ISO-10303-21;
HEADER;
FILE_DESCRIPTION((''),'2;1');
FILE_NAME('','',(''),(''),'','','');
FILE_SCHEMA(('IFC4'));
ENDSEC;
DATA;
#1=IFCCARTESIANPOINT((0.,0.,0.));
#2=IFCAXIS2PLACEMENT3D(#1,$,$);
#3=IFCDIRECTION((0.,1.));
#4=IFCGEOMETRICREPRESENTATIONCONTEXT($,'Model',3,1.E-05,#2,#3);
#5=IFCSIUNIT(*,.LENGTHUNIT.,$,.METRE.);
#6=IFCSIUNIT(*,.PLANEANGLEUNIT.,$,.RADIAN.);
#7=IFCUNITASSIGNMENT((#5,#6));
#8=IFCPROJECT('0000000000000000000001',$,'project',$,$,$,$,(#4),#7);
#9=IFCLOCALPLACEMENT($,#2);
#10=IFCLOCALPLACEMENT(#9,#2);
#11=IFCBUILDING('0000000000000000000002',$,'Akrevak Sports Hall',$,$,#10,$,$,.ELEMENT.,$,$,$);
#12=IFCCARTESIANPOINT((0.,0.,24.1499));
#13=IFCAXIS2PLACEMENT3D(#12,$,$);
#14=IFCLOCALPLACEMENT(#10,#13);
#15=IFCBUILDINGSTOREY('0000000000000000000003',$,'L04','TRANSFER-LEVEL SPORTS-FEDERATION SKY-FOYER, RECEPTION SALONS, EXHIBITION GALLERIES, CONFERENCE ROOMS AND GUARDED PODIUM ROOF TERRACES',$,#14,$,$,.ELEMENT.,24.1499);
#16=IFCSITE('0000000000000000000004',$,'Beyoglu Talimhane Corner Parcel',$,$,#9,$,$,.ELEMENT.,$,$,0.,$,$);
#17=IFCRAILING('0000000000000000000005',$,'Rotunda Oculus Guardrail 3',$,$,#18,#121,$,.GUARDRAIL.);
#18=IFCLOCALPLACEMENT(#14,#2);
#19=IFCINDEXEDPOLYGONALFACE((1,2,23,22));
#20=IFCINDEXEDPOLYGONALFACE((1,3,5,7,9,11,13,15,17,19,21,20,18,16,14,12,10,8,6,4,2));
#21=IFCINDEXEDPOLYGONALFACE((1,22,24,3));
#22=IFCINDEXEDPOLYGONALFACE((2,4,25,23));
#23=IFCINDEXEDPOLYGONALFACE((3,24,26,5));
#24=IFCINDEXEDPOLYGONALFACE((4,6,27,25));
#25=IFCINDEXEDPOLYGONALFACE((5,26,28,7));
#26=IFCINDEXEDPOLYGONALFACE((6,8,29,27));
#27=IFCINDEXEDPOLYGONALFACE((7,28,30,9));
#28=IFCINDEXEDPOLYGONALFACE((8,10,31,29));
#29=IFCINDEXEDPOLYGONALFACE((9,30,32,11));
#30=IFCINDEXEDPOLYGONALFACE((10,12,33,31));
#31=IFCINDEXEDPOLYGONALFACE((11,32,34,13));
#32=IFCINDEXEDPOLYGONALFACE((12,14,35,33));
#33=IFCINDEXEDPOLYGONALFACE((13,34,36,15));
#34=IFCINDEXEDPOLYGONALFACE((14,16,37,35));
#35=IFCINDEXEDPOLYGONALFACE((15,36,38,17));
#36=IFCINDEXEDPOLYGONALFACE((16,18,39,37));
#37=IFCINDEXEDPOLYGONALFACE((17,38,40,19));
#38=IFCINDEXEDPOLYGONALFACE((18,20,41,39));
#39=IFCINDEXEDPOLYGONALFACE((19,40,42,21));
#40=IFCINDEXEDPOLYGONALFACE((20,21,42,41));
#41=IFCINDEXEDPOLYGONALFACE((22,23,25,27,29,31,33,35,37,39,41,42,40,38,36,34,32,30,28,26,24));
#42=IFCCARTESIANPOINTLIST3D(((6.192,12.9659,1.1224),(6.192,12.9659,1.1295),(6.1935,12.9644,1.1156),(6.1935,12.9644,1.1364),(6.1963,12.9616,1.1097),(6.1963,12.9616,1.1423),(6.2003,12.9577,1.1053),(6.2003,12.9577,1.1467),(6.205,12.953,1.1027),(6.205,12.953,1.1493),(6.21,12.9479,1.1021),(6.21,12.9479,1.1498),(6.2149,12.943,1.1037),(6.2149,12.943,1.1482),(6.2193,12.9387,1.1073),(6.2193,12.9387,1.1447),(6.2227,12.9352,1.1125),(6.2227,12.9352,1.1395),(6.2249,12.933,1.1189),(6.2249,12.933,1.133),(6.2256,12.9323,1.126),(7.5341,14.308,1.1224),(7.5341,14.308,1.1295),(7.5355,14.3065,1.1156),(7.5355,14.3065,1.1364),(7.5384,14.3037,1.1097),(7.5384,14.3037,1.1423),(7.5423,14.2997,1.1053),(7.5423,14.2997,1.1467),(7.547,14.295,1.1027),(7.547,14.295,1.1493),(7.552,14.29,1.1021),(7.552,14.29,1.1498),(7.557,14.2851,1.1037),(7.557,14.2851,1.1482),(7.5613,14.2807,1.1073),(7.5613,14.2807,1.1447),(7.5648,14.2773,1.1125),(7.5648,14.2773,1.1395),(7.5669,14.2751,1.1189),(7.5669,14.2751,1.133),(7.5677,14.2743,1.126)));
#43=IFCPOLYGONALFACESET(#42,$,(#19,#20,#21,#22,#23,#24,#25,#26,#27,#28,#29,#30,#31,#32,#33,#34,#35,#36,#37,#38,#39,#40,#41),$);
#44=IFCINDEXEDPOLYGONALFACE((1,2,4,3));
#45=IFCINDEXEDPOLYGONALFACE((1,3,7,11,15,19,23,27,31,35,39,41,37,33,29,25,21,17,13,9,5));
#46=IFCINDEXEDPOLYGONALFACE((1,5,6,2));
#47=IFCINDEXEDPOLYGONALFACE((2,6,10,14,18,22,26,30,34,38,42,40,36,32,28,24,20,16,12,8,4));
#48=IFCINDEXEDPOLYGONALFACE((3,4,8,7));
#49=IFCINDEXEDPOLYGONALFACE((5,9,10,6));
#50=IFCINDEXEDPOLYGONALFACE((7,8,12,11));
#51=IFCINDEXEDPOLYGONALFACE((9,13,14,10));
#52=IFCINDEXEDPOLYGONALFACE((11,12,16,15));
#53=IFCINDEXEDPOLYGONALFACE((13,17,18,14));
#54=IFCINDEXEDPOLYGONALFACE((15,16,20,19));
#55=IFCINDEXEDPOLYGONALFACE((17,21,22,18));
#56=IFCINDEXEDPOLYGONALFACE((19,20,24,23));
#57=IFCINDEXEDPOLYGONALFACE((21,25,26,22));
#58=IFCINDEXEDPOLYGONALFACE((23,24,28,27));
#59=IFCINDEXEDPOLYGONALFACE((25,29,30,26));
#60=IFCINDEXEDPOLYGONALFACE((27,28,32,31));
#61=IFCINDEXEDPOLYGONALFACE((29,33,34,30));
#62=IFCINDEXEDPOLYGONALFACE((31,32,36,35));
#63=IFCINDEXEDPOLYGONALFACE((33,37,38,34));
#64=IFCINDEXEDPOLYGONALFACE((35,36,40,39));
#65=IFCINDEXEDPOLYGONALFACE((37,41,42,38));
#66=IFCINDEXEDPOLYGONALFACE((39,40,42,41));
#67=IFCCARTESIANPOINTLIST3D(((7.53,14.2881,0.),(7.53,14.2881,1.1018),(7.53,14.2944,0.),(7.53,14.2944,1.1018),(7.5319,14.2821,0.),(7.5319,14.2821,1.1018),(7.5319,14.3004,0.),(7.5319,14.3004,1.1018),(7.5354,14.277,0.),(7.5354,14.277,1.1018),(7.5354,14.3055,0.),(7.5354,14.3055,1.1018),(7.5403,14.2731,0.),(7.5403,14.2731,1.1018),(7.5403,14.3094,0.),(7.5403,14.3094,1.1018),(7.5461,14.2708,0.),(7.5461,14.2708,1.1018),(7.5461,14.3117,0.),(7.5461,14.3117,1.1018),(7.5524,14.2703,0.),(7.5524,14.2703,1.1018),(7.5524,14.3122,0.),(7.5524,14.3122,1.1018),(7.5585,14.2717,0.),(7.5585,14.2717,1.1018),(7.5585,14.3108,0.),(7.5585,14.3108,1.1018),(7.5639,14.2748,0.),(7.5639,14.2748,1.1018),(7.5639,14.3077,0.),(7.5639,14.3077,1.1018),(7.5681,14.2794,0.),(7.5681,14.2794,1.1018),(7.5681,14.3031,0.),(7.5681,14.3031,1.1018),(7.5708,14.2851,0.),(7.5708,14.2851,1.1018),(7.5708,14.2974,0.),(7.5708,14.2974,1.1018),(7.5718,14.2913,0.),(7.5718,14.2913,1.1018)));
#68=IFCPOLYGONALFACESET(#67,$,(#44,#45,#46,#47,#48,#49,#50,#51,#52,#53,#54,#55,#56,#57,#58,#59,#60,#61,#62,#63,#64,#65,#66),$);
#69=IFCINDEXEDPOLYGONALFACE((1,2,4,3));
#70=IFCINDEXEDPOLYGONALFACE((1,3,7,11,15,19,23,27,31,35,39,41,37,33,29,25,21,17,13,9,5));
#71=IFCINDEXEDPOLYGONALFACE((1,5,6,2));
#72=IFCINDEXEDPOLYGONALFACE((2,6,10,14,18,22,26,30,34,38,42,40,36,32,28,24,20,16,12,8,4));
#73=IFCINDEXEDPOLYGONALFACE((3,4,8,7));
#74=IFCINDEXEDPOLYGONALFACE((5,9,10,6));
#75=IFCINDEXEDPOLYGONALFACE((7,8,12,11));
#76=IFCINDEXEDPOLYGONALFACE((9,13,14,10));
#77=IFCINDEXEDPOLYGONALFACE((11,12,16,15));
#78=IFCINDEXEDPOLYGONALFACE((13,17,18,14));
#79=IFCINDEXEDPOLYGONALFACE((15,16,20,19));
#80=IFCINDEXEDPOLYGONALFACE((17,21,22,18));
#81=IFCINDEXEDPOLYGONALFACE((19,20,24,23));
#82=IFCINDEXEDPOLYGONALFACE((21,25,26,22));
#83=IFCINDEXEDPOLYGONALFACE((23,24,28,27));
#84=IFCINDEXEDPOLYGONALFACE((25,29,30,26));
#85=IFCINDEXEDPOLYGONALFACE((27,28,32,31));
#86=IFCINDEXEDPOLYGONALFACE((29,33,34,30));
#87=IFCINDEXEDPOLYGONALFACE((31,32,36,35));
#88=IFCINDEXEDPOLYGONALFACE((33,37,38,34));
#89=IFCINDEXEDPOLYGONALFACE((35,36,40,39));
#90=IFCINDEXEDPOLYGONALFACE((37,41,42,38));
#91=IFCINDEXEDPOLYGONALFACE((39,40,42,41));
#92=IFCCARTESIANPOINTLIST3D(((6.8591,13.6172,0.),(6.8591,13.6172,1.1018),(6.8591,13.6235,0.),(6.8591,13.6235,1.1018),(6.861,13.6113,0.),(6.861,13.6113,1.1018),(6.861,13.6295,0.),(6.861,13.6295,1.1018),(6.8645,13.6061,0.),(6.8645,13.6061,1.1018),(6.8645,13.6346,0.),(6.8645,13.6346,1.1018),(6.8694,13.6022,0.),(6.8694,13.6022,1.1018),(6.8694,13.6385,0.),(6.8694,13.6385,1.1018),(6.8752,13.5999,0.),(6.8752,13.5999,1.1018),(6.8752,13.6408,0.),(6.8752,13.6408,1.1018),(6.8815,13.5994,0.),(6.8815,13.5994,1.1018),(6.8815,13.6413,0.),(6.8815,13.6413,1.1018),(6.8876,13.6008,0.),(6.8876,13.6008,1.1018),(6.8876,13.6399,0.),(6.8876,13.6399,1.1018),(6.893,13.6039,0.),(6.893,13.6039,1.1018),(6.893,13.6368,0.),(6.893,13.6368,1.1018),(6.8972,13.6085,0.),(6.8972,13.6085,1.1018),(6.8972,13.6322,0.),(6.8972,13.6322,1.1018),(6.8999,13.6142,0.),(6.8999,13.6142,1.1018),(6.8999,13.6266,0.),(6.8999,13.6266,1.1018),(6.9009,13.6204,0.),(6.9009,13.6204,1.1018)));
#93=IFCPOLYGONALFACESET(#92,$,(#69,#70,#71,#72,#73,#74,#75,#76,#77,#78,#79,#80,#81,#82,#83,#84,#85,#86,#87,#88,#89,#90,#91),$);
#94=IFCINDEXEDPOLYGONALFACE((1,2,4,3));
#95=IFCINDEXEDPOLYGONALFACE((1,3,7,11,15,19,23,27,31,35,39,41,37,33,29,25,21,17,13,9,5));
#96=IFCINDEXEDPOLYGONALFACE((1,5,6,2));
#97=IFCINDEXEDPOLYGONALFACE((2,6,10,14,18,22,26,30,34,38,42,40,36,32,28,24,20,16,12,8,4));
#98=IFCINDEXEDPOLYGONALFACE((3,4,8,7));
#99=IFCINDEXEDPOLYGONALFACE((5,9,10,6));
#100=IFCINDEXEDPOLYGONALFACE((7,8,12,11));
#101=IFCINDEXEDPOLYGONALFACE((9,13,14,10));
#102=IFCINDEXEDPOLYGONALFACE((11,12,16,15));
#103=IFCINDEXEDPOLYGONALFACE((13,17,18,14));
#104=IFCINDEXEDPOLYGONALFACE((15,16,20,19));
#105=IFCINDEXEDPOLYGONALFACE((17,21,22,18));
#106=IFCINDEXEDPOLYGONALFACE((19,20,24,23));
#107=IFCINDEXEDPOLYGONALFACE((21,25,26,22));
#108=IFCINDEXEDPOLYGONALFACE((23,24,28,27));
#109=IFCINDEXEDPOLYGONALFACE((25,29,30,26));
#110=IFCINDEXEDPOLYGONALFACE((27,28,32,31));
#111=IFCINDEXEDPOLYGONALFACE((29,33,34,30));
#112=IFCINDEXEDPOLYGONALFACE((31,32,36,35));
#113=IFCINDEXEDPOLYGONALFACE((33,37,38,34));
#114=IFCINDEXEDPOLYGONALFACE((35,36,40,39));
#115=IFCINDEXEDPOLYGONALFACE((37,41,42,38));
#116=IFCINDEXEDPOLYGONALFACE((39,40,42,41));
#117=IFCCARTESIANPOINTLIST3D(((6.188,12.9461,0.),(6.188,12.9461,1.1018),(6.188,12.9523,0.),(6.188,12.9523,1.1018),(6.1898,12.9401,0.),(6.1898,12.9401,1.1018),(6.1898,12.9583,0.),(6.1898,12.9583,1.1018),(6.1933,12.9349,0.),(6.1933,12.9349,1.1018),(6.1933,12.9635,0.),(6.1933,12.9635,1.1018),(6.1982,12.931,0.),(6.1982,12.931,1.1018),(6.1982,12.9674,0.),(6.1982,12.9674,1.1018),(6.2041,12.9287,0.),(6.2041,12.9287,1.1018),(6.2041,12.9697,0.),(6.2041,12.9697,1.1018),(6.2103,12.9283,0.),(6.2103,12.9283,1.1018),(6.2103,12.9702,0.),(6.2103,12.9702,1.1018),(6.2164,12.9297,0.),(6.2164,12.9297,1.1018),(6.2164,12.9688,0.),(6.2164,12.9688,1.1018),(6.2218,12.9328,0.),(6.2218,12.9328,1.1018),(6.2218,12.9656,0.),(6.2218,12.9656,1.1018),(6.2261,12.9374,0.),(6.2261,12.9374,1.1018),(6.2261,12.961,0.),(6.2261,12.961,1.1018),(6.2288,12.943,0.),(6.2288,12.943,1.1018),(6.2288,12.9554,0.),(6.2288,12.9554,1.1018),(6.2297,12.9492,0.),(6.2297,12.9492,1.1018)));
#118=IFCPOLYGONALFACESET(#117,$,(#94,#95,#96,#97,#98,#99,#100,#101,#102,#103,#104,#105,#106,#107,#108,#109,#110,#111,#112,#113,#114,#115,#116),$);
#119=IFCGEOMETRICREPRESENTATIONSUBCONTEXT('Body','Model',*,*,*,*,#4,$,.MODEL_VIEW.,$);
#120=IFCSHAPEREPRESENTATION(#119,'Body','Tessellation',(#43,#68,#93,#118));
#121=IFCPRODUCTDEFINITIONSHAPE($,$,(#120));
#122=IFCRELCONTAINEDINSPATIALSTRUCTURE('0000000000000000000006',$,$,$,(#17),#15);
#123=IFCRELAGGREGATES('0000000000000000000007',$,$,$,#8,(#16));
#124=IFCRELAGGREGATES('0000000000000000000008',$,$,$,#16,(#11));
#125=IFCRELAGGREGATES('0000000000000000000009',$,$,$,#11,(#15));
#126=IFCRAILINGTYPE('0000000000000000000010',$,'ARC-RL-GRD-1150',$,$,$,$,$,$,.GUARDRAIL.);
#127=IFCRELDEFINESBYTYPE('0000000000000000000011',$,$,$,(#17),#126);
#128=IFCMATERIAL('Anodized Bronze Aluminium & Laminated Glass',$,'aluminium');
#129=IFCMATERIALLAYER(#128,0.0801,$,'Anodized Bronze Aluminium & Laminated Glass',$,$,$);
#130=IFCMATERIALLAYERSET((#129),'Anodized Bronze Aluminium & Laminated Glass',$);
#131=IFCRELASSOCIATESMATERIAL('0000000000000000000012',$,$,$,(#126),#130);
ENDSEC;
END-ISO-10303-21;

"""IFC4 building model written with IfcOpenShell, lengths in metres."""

from ifc_helpers import new_model, si_unit, direction, frame, origin, origin_2d, place, context, subcontext, project, spatial, circle, extrude, material, layer, layer_set, type_object, element, save


model = new_model("IFC4")

# Units and contexts
model_context = context("Model", 3, precision=1e-05, world=origin(), true_north=direction((0.0, 1.0)))
body_context = subcontext(model_context, "Body", "Model", "MODEL_VIEW")
ifc_project = project(units=[si_unit("LENGTHUNIT", "METRE"), si_unit("PLANEANGLEUNIT", "RADIAN")], contexts=[model_context])

# Site, building, storey
site_placement = place(None, origin())
site = spatial("IfcSite", under=ifc_project, at=site_placement, Name="Beyoglu Talimhane Corner Parcel", CompositionType="ELEMENT", RefElevation=0.0)
building_placement = place(site_placement, origin())
building = spatial("IfcBuilding", under=site, at=building_placement, Name="Akrevak Sports Hall", CompositionType="ELEMENT")
storey_placement = place(building_placement, frame((0.0, 0.0, 24.1499)))
storey = spatial("IfcBuildingStorey", under=building, at=storey_placement, Name="L04", Description="TRANSFER-LEVEL SPORTS-FEDERATION SKY-FOYER, RECEPTION SALONS, EXHIBITION GALLERIES, CONFERENCE ROOMS AND GUARDED PODIUM ROOF TERRACES", CompositionType="ELEMENT", Elevation=24.1499)

# Railing
ifc_material_1 = material(Name="Anodized Bronze Aluminium & Laminated Glass", Category="aluminium")
ifc_layer_1 = layer(ifc_material_1, 0.0801, Name="Anodized Bronze Aluminium & Laminated Glass")
ifc_layer_set_1 = layer_set([ifc_layer_1], Name="Anodized Bronze Aluminium & Laminated Glass")
railing_type = type_object("IfcRailingType", Name="ARC-RL-GRD-1150", PredefinedType="GUARDRAIL", material=ifc_layer_set_1)
railing_1_placement = place(storey_placement, frame((7.5508, 14.2913, 0.0)))
element("IfcRailing", 1, at=railing_1_placement, inside=storey, type_object=railing_type, Name="Rotunda Oculus Guardrail 3", PredefinedType="GUARDRAIL", context=body_context, shape_type="SweptSolid", body=[
    extrude(circle(Radius=0.0239, at=origin_2d()), frame((0.0, 0.0, 1.126), z_axis=(-0.707107, -0.707107, 0.0), x_axis=(0.707107, -0.707107, 0.0)), (0.0, 0.0, 1.0), 1.8979),
    extrude(circle(Radius=0.021, at=origin_2d()), origin(), (0.0, 0.0, 1.0), 1.1018),
    extrude(circle(Radius=0.021, at=origin_2d()), frame((-0.6709, -0.6709, 0.0)), (0.0, 0.0, 1.0), 1.1018),
    extrude(circle(Radius=0.021, at=origin_2d()), frame((-1.342, -1.342, 0.0)), (0.0, 0.0, 1.0), 1.1018),
])

save(model, "model.ifc")
